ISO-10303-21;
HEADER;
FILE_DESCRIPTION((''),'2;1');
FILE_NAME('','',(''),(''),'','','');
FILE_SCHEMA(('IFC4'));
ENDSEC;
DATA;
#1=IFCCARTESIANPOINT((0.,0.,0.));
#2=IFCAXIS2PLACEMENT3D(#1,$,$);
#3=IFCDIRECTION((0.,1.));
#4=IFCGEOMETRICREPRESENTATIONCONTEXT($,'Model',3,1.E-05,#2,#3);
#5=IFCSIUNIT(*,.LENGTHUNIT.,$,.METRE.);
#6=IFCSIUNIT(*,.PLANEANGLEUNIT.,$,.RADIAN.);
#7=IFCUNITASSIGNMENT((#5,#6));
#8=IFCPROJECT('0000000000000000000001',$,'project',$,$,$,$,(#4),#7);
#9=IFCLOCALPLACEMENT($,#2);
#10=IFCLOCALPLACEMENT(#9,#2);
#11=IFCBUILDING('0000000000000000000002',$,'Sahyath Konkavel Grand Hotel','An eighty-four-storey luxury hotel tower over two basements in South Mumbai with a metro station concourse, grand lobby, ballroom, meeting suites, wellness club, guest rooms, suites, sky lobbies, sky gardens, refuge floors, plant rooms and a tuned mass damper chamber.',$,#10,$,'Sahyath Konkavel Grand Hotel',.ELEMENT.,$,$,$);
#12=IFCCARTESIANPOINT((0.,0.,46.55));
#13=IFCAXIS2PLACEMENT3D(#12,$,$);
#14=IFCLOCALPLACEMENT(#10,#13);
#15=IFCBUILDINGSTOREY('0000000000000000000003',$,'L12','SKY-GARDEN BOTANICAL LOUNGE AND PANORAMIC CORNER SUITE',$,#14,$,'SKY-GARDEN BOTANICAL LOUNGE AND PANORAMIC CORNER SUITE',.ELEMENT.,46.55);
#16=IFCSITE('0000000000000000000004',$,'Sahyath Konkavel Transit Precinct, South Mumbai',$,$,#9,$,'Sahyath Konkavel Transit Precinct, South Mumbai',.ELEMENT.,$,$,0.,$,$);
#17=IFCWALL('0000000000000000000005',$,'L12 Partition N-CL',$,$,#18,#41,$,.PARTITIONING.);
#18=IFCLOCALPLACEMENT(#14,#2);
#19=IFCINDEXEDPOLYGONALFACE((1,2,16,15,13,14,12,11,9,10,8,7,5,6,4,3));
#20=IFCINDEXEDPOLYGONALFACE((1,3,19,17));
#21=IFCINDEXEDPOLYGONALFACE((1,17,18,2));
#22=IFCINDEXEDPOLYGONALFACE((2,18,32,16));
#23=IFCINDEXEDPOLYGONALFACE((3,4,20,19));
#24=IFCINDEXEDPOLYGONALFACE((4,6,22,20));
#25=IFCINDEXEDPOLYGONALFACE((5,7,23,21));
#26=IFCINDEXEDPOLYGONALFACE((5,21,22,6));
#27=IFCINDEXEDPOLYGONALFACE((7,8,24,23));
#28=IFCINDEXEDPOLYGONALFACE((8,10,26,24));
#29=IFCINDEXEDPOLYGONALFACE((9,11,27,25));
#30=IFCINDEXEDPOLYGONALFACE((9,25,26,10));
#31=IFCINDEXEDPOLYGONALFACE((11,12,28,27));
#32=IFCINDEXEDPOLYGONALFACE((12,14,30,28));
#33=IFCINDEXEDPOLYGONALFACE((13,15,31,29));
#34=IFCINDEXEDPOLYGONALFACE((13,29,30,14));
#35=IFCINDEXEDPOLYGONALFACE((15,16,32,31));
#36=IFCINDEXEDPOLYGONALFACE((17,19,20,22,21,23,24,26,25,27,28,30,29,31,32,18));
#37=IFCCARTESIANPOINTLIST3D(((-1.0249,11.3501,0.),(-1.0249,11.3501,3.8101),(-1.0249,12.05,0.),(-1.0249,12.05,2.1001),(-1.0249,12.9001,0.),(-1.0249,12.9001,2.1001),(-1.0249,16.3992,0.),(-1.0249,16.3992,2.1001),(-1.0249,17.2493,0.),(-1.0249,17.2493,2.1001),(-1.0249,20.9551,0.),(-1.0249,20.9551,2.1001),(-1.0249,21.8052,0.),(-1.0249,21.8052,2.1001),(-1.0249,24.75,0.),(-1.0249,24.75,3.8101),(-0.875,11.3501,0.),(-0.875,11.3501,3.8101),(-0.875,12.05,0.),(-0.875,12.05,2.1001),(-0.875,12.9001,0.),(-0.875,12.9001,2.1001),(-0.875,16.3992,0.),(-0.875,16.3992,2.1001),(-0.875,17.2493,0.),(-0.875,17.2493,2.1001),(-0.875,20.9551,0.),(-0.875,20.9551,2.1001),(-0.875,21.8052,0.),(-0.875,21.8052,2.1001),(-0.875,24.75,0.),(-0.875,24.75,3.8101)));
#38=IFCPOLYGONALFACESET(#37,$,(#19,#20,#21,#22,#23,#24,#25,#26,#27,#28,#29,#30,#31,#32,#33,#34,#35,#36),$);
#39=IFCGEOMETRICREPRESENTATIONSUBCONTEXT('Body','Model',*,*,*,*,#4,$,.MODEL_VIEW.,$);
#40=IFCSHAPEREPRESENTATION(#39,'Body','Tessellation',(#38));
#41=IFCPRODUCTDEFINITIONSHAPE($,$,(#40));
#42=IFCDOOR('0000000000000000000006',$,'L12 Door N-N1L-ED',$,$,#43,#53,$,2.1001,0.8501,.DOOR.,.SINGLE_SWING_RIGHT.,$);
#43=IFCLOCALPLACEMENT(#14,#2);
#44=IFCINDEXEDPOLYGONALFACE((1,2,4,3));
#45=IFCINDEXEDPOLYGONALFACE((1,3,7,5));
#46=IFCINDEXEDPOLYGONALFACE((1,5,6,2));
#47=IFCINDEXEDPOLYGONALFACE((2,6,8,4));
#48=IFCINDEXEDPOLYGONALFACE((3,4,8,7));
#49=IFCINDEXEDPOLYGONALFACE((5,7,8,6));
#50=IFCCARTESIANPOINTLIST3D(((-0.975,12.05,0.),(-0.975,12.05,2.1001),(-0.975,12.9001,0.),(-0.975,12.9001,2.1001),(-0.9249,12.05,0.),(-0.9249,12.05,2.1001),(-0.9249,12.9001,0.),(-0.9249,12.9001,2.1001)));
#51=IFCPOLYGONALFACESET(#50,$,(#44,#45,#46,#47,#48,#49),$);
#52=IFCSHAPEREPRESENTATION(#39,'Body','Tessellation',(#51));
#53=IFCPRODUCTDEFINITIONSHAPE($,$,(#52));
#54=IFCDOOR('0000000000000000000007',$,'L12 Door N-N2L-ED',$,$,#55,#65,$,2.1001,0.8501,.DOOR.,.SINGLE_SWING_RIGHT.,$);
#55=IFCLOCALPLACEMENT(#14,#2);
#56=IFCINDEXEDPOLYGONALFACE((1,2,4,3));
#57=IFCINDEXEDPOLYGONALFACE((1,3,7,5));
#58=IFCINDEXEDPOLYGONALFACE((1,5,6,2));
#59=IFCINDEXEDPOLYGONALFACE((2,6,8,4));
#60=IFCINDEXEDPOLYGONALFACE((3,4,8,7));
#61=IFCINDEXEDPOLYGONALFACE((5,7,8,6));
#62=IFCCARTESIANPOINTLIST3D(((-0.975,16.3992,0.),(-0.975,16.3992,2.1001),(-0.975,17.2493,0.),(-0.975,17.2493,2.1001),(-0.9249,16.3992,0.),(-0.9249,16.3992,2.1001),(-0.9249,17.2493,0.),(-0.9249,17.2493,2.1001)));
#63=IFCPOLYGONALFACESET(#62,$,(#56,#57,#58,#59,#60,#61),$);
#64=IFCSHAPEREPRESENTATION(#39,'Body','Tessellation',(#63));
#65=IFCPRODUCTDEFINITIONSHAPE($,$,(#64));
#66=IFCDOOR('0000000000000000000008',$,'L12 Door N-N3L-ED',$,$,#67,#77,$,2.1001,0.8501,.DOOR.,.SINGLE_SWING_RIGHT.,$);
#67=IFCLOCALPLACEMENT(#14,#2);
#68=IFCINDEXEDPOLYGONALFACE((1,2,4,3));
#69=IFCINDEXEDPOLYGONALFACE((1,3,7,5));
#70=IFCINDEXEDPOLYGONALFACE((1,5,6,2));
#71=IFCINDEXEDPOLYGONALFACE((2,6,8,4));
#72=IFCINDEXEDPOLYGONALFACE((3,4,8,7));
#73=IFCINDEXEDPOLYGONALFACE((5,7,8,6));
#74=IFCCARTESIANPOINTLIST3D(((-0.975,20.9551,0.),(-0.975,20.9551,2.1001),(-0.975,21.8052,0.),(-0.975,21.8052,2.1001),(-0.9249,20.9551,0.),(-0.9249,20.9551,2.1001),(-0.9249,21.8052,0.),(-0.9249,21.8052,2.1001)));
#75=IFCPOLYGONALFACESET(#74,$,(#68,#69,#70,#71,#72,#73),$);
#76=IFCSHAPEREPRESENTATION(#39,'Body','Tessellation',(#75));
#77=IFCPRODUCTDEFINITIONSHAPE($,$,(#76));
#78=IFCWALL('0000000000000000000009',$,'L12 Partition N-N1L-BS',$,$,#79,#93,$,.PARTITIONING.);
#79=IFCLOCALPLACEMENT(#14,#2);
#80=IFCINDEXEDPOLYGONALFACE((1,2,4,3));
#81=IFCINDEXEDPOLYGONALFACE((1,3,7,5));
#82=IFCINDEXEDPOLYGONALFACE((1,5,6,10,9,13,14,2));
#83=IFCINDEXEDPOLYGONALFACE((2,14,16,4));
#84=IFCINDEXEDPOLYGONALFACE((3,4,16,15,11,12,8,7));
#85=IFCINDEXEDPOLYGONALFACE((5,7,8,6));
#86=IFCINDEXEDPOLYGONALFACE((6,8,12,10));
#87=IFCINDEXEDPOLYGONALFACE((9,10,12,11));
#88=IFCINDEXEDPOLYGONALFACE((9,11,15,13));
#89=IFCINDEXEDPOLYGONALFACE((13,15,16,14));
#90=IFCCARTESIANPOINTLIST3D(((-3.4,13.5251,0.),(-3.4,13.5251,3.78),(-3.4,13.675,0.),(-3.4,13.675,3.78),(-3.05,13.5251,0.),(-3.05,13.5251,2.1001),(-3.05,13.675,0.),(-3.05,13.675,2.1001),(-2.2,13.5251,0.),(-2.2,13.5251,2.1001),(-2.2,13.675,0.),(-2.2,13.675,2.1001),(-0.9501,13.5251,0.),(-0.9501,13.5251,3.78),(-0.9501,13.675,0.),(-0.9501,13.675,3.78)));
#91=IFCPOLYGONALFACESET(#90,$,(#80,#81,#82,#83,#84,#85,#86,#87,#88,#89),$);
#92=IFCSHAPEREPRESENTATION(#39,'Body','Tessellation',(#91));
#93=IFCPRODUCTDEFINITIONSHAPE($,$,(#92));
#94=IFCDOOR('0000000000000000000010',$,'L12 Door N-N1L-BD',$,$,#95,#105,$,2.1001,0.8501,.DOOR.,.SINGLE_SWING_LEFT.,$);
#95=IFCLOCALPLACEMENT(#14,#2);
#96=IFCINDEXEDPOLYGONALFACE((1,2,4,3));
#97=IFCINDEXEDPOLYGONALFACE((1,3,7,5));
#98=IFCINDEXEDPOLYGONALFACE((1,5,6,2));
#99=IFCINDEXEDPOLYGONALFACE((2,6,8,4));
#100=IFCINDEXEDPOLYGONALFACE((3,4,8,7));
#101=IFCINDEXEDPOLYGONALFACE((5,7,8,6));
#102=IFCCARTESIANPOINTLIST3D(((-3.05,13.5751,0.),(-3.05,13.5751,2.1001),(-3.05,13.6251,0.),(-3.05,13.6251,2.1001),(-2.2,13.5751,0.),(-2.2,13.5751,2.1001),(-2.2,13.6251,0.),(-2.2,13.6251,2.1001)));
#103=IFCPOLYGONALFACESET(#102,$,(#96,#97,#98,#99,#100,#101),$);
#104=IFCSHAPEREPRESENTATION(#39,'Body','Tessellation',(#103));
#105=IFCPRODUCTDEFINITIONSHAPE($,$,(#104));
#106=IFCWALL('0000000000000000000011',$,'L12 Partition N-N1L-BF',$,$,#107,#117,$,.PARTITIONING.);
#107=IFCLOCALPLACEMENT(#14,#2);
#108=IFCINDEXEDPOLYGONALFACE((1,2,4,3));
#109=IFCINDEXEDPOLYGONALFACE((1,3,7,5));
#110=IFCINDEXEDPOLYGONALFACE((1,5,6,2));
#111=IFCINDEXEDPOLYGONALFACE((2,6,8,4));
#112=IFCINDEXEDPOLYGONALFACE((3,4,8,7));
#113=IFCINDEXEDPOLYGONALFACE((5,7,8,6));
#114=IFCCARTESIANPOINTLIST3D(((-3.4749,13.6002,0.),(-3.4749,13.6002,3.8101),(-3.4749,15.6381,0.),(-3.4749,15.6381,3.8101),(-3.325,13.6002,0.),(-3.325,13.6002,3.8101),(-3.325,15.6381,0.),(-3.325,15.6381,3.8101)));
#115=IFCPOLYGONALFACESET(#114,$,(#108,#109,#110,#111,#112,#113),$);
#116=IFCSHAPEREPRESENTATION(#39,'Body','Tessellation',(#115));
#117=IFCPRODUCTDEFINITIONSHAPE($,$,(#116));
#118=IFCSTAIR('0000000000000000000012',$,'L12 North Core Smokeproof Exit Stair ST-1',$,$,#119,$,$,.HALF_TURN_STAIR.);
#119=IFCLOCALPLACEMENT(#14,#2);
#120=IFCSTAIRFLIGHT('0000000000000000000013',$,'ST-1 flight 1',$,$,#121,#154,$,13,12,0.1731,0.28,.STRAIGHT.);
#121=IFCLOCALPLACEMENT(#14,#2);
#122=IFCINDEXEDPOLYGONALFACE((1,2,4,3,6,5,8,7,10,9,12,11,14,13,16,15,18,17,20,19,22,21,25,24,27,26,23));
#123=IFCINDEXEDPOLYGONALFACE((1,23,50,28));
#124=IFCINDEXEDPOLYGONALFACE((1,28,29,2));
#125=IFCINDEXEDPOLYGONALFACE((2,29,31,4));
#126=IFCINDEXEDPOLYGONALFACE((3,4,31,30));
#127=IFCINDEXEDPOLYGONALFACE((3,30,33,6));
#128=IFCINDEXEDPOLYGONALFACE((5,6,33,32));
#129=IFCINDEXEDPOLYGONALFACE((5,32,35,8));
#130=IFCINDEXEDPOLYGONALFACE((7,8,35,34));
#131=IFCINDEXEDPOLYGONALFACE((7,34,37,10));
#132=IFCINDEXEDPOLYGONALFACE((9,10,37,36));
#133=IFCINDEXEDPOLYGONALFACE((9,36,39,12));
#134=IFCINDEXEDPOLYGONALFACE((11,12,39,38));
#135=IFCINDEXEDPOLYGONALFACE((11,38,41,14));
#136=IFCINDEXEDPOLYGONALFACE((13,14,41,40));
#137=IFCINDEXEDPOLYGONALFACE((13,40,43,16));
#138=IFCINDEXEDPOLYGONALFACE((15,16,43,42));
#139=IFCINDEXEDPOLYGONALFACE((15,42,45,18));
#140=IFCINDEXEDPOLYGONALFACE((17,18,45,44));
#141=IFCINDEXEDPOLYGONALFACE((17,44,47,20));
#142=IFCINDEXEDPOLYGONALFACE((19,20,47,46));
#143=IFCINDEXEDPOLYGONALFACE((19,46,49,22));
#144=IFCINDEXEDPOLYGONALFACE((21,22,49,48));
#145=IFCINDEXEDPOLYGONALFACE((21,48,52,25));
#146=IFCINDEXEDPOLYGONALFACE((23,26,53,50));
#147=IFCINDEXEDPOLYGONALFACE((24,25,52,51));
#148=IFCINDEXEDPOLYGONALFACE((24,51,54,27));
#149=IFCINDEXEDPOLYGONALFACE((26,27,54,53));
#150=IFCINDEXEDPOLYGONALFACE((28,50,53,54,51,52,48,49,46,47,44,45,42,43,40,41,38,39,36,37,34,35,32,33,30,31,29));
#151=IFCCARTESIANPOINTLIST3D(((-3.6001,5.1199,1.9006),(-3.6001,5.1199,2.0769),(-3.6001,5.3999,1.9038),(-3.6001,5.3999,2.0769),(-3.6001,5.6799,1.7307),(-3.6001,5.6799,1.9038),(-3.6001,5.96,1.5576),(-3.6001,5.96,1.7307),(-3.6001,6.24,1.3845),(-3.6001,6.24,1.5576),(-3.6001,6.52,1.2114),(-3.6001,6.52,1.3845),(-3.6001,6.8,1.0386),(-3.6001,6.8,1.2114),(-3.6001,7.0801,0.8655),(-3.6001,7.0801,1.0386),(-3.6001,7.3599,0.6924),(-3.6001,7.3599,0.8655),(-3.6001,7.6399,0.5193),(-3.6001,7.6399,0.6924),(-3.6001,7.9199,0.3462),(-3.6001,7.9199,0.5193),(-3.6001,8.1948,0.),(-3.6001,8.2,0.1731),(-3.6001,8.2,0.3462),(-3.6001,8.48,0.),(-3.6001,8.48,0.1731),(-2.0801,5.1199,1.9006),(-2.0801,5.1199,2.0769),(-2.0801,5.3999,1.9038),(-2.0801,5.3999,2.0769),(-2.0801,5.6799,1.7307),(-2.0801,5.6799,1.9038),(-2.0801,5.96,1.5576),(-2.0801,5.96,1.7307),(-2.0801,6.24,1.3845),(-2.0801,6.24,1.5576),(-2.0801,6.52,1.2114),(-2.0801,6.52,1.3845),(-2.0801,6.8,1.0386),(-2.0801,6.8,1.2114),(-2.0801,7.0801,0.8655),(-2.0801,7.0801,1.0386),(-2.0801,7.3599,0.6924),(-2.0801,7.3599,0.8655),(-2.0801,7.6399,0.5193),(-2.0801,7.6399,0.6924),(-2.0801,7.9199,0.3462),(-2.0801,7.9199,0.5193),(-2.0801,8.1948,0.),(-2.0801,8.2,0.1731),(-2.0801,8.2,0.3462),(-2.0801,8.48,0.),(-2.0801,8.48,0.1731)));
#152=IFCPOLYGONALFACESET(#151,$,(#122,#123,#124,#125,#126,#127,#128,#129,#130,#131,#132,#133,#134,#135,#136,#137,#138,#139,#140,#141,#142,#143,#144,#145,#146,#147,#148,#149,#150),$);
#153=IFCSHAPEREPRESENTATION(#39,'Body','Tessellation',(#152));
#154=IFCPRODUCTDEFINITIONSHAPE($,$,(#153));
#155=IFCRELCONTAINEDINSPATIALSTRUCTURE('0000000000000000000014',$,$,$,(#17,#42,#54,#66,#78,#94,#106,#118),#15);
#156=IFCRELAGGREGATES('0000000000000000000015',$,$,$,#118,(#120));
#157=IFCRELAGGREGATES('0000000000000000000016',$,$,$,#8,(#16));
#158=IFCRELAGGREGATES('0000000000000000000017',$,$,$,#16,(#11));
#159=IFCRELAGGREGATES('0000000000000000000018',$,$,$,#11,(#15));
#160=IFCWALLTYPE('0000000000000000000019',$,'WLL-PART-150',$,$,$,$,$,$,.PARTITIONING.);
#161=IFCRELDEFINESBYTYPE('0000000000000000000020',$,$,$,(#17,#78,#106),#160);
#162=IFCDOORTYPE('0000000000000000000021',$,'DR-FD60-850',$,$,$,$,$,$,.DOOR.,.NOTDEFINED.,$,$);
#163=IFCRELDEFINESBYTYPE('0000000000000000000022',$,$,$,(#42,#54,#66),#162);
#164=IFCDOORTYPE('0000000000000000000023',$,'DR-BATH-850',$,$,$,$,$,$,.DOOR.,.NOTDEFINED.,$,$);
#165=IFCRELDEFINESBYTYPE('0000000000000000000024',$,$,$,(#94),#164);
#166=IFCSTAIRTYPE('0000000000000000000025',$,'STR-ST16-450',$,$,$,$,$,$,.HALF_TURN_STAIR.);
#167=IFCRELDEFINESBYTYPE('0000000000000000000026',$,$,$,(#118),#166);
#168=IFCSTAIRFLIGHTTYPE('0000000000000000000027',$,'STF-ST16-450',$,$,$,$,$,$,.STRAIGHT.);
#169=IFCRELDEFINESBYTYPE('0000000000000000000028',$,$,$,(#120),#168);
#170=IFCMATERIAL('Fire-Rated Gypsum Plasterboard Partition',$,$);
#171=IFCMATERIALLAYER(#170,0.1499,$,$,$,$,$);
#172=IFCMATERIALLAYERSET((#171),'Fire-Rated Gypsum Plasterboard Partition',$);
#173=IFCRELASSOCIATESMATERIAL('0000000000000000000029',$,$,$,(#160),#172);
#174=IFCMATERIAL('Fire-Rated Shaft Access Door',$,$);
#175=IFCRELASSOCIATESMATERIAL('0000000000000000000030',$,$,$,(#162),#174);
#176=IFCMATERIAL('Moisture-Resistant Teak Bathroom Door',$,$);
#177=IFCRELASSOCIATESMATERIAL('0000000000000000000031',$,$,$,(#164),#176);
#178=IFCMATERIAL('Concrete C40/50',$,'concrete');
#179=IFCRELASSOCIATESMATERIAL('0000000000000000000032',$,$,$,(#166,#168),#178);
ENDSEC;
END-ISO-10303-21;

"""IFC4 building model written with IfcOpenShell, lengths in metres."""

from ifc_helpers import new_model, si_unit, direction, frame, frame_2d, origin, origin_2d, place, context, subcontext, project, spatial, polyline, rectangle, outline, extrude, source, transform, mapped, material, layer, layer_set, type_object, element, fill, aggregate, save


model = new_model("IFC4")

# Units and contexts
model_context = context("Model", 3, precision=1e-05, world=origin(), true_north=direction((0.0, 1.0)))
body_context = subcontext(model_context, "Body", "Model", "MODEL_VIEW")
ifc_project = project(units=[si_unit("LENGTHUNIT", "METRE"), si_unit("PLANEANGLEUNIT", "RADIAN")], contexts=[model_context])

# Site, building, storey
site_placement = place(None, origin())
site = spatial("IfcSite", under=ifc_project, at=site_placement, Name="Sahyath Konkavel Transit Precinct, South Mumbai", LongName="Sahyath Konkavel Transit Precinct, South Mumbai", CompositionType="ELEMENT", RefElevation=0.0)
building_placement = place(site_placement, origin())
building = spatial("IfcBuilding", under=site, at=building_placement, Name="Sahyath Konkavel Grand Hotel", Description="An eighty-four-storey luxury hotel tower over two basements in South Mumbai with a metro station concourse, grand lobby, ballroom, meeting suites, wellness club, guest rooms, suites, sky lobbies, sky gardens, refuge floors, plant rooms and a tuned mass damper chamber.", LongName="Sahyath Konkavel Grand Hotel", CompositionType="ELEMENT")
storey_placement = place(building_placement, frame((0.0, 0.0, 46.55)))
storey = spatial("IfcBuildingStorey", under=building, at=storey_placement, Name="L12", Description="SKY-GARDEN BOTANICAL LOUNGE AND PANORAMIC CORNER SUITE", LongName="SKY-GARDEN BOTANICAL LOUNGE AND PANORAMIC CORNER SUITE", CompositionType="ELEMENT", Elevation=46.55)

# Wall, openings, doors
ifc_material_1 = material(Name="Fire-Rated Gypsum Plasterboard Partition")
ifc_layer_1 = layer(ifc_material_1, 0.1499)
ifc_layer_set_1 = layer_set([ifc_layer_1], Name="Fire-Rated Gypsum Plasterboard Partition")
wall_type_1 = type_object("IfcWallType", Name="WLL-PART-150", PredefinedType="PARTITIONING", material=ifc_layer_set_1)
wall_1_placement = place(storey_placement, frame((-0.95, 11.3501, 0.0), z_axis=(0.0, 0.0, 1.0), x_axis=(0.0, 1.0, 0.0)))
wall_1 = element("IfcWall", 1, at=wall_1_placement, inside=storey, type_object=wall_type_1, Name="L12 Partition N-CL", PredefinedType="PARTITIONING", context=body_context, shape_type="SweptSolid", body=[
    extrude(rectangle(XDim=13.3999, YDim=0.1499, at=frame_2d((6.7, 0.0))), origin(), (0.0, 0.0, 1.0), 3.8101),
])
opening_1_placement = place(wall_1_placement, frame((0.7, 0.0, 0.0)))
opening_1 = element("IfcOpeningElement", 2, at=opening_1_placement, cuts=wall_1, PredefinedType="OPENING", context=body_context, shape_type="SweptSolid", body=[
    extrude(rectangle(XDim=0.8501, YDim=2.1001, at=frame_2d((0.425, 1.05))), frame((0.0, 0.085, 0.0), z_axis=(0.0, -1.0, 0.0), x_axis=(1.0, 0.0, 0.0)), (0.0, 0.0, 1.0), 0.1699),
])
opening_2_placement = place(wall_1_placement, frame((5.0491, 0.0, 0.0)))
opening_2 = element("IfcOpeningElement", 3, at=opening_2_placement, cuts=wall_1, PredefinedType="OPENING", context=body_context, shape_type="SweptSolid", body=[
    extrude(rectangle(XDim=0.8501, YDim=2.1001, at=frame_2d((0.425, 1.05))), frame((0.0, 0.085, 0.0), z_axis=(0.0, -1.0, 0.0), x_axis=(1.0, 0.0, 0.0)), (0.0, 0.0, 1.0), 0.1699),
])
opening_3_placement = place(wall_1_placement, frame((9.605, 0.0, 0.0)))
opening_3 = element("IfcOpeningElement", 4, at=opening_3_placement, cuts=wall_1, PredefinedType="OPENING", context=body_context, shape_type="SweptSolid", body=[
    extrude(rectangle(XDim=0.8501, YDim=2.1001, at=frame_2d((0.425, 1.05))), frame((0.0, 0.085, 0.0), z_axis=(0.0, -1.0, 0.0), x_axis=(1.0, 0.0, 0.0)), (0.0, 0.0, 1.0), 0.1699),
])
ifc_material_2 = material(Name="Fire-Rated Shaft Access Door")
door_type_1 = type_object("IfcDoorType", Name="DR-FD60-850", OperationType="NOTDEFINED", PredefinedType="DOOR", material=ifc_material_2)
shared_shape_1 = source(origin(), body_context, "Body", "SweptSolid", [
    extrude(rectangle(XDim=0.8501, YDim=0.05, at=origin_2d()), origin(), (0.0, 0.0, 1.0), 2.1001),
])
door_1_placement = place(opening_1_placement, frame((0.425, 0.0, 0.0)))
door_1 = element("IfcDoor", 5, at=door_1_placement, inside=storey, type_object=door_type_1, Name="L12 Door N-N1L-ED", OperationType="SINGLE_SWING_RIGHT", OverallHeight=2.1001, OverallWidth=0.8501, PredefinedType="DOOR", context=body_context, shape_type="MappedRepresentation", body=[
    mapped(shared_shape_1, transform((0.0, 0.0, 0.0), scale=1.0)),
])
fill(opening_1, door_1)
door_2_placement = place(opening_2_placement, frame((0.425, 0.0, 0.0)))
door_2 = element("IfcDoor", 6, at=door_2_placement, inside=storey, type_object=door_type_1, Name="L12 Door N-N2L-ED", OperationType="SINGLE_SWING_RIGHT", OverallHeight=2.1001, OverallWidth=0.8501, PredefinedType="DOOR", context=body_context, shape_type="MappedRepresentation", body=[
    mapped(shared_shape_1, transform((0.0, 0.0, 0.0), scale=1.0)),
])
fill(opening_2, door_2)
door_3_placement = place(opening_3_placement, frame((0.425, 0.0, 0.0)))
door_3 = element("IfcDoor", 7, at=door_3_placement, inside=storey, type_object=door_type_1, Name="L12 Door N-N3L-ED", OperationType="SINGLE_SWING_RIGHT", OverallHeight=2.1001, OverallWidth=0.8501, PredefinedType="DOOR", context=body_context, shape_type="MappedRepresentation", body=[
    mapped(shared_shape_1, transform((0.0, 0.0, 0.0), scale=1.0)),
])
fill(opening_3, door_3)

# Wall, opening, door
wall_2_placement = place(storey_placement, frame((-0.95, 13.6001, 0.0), z_axis=(0.0, 0.0, 1.0), x_axis=(-1.0, 0.0, 0.0)))
wall_2 = element("IfcWall", 8, at=wall_2_placement, inside=storey, type_object=wall_type_1, Name="L12 Partition N-N1L-BS", PredefinedType="PARTITIONING", context=body_context, shape_type="SweptSolid", body=[
    extrude(rectangle(XDim=2.45, YDim=0.1499, at=frame_2d((1.2251, 0.0))), origin(), (0.0, 0.0, 1.0), 3.78),
])
opening_4_placement = place(wall_2_placement, frame((1.25, 0.0, 0.0)))
opening_4 = element("IfcOpeningElement", 9, at=opening_4_placement, cuts=wall_2, PredefinedType="OPENING", context=body_context, shape_type="SweptSolid", body=[
    extrude(rectangle(XDim=0.8501, YDim=2.1001, at=frame_2d((0.425, 1.05))), frame((0.0, 0.085, 0.0), z_axis=(0.0, -1.0, 0.0), x_axis=(1.0, 0.0, 0.0)), (0.0, 0.0, 1.0), 0.1699),
])
ifc_material_3 = material(Name="Moisture-Resistant Teak Bathroom Door")
door_type_2 = type_object("IfcDoorType", Name="DR-BATH-850", OperationType="NOTDEFINED", PredefinedType="DOOR", material=ifc_material_3)
door_4_placement = place(opening_4_placement, frame((0.425, 0.0, 0.0)))
door_4 = element("IfcDoor", 10, at=door_4_placement, inside=storey, type_object=door_type_2, Name="L12 Door N-N1L-BD", OperationType="SINGLE_SWING_LEFT", OverallHeight=2.1001, OverallWidth=0.8501, PredefinedType="DOOR", context=body_context, shape_type="MappedRepresentation", body=[
    mapped(shared_shape_1, transform((0.0, 0.0, 0.0), scale=1.0)),
])
fill(opening_4, door_4)

# Wall
wall_3_placement = place(storey_placement, frame((-3.3999, 13.6001, 0.0), z_axis=(0.0, 0.0, 1.0), x_axis=(0.0, 1.0, 0.0)))
element("IfcWall", 11, at=wall_3_placement, inside=storey, type_object=wall_type_1, Name="L12 Partition N-N1L-BF", PredefinedType="PARTITIONING", context=body_context, shape_type="SweptSolid", body=[
    extrude(rectangle(XDim=2.0378, YDim=0.1499, at=frame_2d((1.019, 0.0))), origin(), (0.0, 0.0, 1.0), 3.8101),
])

# Stair, stair flight
ifc_material_4 = material(Name="Concrete C40/50", Category="concrete")
stair_type = type_object("IfcStairType", Name="STR-ST16-450", PredefinedType="HALF_TURN_STAIR", material=ifc_material_4)
stair_placement = place(storey_placement, origin())
stair = element("IfcStair", 12, at=stair_placement, inside=storey, type_object=stair_type, Name="L12 North Core Smokeproof Exit Stair ST-1", PredefinedType="HALF_TURN_STAIR")
stair_flight_type = type_object("IfcStairFlightType", Name="STF-ST16-450", PredefinedType="STRAIGHT", material=ifc_material_4)
stair_flight_placement = place(storey_placement, frame((-2.8401, 8.48, 0.0), z_axis=(0.0, 0.0, 1.0), x_axis=(0.0, -1.0, 0.0)))
stair_flight = element("IfcStairFlight", 13, at=stair_flight_placement, type_object=stair_flight_type, Name="ST-1 flight 1", NumberOfRisers=13, NumberOfTreads=12, PredefinedType="STRAIGHT", RiserHeight=0.1731, TreadLength=0.28, context=body_context, shape_type="SweptSolid", body=[
    extrude(outline(polyline([(0.0, 0.0), (0.0, 0.1731), (0.28, 0.1731), (0.28, 0.3462), (0.5601, 0.3462), (0.5601, 0.5193), (0.8401, 0.5193), (0.8401, 0.6924), (1.1201, 0.6924), (1.1201, 0.8655), (1.3999, 0.8655), (1.3999, 1.0386), (1.6799, 1.0386), (1.6799, 1.2114), (1.96, 1.2114), (1.96, 1.3845), (2.24, 1.3845), (2.24, 1.5576), (2.52, 1.5576), (2.52, 1.7307), (2.8, 1.7307), (2.8, 1.9038), (3.0801, 1.9038), (3.0801, 2.0769), (3.3601, 2.0769), (3.3601, 2.25), (3.3601, 1.9006), (0.2852, 0.0), (0.0, 0.0)])), frame((0.0, 0.76, 0.0), z_axis=(0.0, -1.0, 0.0), x_axis=(1.0, 0.0, 0.0)), (0.0, 0.0, 1.0), 1.52),
])
aggregate(stair, [stair_flight])

save(model, "model.ifc")
